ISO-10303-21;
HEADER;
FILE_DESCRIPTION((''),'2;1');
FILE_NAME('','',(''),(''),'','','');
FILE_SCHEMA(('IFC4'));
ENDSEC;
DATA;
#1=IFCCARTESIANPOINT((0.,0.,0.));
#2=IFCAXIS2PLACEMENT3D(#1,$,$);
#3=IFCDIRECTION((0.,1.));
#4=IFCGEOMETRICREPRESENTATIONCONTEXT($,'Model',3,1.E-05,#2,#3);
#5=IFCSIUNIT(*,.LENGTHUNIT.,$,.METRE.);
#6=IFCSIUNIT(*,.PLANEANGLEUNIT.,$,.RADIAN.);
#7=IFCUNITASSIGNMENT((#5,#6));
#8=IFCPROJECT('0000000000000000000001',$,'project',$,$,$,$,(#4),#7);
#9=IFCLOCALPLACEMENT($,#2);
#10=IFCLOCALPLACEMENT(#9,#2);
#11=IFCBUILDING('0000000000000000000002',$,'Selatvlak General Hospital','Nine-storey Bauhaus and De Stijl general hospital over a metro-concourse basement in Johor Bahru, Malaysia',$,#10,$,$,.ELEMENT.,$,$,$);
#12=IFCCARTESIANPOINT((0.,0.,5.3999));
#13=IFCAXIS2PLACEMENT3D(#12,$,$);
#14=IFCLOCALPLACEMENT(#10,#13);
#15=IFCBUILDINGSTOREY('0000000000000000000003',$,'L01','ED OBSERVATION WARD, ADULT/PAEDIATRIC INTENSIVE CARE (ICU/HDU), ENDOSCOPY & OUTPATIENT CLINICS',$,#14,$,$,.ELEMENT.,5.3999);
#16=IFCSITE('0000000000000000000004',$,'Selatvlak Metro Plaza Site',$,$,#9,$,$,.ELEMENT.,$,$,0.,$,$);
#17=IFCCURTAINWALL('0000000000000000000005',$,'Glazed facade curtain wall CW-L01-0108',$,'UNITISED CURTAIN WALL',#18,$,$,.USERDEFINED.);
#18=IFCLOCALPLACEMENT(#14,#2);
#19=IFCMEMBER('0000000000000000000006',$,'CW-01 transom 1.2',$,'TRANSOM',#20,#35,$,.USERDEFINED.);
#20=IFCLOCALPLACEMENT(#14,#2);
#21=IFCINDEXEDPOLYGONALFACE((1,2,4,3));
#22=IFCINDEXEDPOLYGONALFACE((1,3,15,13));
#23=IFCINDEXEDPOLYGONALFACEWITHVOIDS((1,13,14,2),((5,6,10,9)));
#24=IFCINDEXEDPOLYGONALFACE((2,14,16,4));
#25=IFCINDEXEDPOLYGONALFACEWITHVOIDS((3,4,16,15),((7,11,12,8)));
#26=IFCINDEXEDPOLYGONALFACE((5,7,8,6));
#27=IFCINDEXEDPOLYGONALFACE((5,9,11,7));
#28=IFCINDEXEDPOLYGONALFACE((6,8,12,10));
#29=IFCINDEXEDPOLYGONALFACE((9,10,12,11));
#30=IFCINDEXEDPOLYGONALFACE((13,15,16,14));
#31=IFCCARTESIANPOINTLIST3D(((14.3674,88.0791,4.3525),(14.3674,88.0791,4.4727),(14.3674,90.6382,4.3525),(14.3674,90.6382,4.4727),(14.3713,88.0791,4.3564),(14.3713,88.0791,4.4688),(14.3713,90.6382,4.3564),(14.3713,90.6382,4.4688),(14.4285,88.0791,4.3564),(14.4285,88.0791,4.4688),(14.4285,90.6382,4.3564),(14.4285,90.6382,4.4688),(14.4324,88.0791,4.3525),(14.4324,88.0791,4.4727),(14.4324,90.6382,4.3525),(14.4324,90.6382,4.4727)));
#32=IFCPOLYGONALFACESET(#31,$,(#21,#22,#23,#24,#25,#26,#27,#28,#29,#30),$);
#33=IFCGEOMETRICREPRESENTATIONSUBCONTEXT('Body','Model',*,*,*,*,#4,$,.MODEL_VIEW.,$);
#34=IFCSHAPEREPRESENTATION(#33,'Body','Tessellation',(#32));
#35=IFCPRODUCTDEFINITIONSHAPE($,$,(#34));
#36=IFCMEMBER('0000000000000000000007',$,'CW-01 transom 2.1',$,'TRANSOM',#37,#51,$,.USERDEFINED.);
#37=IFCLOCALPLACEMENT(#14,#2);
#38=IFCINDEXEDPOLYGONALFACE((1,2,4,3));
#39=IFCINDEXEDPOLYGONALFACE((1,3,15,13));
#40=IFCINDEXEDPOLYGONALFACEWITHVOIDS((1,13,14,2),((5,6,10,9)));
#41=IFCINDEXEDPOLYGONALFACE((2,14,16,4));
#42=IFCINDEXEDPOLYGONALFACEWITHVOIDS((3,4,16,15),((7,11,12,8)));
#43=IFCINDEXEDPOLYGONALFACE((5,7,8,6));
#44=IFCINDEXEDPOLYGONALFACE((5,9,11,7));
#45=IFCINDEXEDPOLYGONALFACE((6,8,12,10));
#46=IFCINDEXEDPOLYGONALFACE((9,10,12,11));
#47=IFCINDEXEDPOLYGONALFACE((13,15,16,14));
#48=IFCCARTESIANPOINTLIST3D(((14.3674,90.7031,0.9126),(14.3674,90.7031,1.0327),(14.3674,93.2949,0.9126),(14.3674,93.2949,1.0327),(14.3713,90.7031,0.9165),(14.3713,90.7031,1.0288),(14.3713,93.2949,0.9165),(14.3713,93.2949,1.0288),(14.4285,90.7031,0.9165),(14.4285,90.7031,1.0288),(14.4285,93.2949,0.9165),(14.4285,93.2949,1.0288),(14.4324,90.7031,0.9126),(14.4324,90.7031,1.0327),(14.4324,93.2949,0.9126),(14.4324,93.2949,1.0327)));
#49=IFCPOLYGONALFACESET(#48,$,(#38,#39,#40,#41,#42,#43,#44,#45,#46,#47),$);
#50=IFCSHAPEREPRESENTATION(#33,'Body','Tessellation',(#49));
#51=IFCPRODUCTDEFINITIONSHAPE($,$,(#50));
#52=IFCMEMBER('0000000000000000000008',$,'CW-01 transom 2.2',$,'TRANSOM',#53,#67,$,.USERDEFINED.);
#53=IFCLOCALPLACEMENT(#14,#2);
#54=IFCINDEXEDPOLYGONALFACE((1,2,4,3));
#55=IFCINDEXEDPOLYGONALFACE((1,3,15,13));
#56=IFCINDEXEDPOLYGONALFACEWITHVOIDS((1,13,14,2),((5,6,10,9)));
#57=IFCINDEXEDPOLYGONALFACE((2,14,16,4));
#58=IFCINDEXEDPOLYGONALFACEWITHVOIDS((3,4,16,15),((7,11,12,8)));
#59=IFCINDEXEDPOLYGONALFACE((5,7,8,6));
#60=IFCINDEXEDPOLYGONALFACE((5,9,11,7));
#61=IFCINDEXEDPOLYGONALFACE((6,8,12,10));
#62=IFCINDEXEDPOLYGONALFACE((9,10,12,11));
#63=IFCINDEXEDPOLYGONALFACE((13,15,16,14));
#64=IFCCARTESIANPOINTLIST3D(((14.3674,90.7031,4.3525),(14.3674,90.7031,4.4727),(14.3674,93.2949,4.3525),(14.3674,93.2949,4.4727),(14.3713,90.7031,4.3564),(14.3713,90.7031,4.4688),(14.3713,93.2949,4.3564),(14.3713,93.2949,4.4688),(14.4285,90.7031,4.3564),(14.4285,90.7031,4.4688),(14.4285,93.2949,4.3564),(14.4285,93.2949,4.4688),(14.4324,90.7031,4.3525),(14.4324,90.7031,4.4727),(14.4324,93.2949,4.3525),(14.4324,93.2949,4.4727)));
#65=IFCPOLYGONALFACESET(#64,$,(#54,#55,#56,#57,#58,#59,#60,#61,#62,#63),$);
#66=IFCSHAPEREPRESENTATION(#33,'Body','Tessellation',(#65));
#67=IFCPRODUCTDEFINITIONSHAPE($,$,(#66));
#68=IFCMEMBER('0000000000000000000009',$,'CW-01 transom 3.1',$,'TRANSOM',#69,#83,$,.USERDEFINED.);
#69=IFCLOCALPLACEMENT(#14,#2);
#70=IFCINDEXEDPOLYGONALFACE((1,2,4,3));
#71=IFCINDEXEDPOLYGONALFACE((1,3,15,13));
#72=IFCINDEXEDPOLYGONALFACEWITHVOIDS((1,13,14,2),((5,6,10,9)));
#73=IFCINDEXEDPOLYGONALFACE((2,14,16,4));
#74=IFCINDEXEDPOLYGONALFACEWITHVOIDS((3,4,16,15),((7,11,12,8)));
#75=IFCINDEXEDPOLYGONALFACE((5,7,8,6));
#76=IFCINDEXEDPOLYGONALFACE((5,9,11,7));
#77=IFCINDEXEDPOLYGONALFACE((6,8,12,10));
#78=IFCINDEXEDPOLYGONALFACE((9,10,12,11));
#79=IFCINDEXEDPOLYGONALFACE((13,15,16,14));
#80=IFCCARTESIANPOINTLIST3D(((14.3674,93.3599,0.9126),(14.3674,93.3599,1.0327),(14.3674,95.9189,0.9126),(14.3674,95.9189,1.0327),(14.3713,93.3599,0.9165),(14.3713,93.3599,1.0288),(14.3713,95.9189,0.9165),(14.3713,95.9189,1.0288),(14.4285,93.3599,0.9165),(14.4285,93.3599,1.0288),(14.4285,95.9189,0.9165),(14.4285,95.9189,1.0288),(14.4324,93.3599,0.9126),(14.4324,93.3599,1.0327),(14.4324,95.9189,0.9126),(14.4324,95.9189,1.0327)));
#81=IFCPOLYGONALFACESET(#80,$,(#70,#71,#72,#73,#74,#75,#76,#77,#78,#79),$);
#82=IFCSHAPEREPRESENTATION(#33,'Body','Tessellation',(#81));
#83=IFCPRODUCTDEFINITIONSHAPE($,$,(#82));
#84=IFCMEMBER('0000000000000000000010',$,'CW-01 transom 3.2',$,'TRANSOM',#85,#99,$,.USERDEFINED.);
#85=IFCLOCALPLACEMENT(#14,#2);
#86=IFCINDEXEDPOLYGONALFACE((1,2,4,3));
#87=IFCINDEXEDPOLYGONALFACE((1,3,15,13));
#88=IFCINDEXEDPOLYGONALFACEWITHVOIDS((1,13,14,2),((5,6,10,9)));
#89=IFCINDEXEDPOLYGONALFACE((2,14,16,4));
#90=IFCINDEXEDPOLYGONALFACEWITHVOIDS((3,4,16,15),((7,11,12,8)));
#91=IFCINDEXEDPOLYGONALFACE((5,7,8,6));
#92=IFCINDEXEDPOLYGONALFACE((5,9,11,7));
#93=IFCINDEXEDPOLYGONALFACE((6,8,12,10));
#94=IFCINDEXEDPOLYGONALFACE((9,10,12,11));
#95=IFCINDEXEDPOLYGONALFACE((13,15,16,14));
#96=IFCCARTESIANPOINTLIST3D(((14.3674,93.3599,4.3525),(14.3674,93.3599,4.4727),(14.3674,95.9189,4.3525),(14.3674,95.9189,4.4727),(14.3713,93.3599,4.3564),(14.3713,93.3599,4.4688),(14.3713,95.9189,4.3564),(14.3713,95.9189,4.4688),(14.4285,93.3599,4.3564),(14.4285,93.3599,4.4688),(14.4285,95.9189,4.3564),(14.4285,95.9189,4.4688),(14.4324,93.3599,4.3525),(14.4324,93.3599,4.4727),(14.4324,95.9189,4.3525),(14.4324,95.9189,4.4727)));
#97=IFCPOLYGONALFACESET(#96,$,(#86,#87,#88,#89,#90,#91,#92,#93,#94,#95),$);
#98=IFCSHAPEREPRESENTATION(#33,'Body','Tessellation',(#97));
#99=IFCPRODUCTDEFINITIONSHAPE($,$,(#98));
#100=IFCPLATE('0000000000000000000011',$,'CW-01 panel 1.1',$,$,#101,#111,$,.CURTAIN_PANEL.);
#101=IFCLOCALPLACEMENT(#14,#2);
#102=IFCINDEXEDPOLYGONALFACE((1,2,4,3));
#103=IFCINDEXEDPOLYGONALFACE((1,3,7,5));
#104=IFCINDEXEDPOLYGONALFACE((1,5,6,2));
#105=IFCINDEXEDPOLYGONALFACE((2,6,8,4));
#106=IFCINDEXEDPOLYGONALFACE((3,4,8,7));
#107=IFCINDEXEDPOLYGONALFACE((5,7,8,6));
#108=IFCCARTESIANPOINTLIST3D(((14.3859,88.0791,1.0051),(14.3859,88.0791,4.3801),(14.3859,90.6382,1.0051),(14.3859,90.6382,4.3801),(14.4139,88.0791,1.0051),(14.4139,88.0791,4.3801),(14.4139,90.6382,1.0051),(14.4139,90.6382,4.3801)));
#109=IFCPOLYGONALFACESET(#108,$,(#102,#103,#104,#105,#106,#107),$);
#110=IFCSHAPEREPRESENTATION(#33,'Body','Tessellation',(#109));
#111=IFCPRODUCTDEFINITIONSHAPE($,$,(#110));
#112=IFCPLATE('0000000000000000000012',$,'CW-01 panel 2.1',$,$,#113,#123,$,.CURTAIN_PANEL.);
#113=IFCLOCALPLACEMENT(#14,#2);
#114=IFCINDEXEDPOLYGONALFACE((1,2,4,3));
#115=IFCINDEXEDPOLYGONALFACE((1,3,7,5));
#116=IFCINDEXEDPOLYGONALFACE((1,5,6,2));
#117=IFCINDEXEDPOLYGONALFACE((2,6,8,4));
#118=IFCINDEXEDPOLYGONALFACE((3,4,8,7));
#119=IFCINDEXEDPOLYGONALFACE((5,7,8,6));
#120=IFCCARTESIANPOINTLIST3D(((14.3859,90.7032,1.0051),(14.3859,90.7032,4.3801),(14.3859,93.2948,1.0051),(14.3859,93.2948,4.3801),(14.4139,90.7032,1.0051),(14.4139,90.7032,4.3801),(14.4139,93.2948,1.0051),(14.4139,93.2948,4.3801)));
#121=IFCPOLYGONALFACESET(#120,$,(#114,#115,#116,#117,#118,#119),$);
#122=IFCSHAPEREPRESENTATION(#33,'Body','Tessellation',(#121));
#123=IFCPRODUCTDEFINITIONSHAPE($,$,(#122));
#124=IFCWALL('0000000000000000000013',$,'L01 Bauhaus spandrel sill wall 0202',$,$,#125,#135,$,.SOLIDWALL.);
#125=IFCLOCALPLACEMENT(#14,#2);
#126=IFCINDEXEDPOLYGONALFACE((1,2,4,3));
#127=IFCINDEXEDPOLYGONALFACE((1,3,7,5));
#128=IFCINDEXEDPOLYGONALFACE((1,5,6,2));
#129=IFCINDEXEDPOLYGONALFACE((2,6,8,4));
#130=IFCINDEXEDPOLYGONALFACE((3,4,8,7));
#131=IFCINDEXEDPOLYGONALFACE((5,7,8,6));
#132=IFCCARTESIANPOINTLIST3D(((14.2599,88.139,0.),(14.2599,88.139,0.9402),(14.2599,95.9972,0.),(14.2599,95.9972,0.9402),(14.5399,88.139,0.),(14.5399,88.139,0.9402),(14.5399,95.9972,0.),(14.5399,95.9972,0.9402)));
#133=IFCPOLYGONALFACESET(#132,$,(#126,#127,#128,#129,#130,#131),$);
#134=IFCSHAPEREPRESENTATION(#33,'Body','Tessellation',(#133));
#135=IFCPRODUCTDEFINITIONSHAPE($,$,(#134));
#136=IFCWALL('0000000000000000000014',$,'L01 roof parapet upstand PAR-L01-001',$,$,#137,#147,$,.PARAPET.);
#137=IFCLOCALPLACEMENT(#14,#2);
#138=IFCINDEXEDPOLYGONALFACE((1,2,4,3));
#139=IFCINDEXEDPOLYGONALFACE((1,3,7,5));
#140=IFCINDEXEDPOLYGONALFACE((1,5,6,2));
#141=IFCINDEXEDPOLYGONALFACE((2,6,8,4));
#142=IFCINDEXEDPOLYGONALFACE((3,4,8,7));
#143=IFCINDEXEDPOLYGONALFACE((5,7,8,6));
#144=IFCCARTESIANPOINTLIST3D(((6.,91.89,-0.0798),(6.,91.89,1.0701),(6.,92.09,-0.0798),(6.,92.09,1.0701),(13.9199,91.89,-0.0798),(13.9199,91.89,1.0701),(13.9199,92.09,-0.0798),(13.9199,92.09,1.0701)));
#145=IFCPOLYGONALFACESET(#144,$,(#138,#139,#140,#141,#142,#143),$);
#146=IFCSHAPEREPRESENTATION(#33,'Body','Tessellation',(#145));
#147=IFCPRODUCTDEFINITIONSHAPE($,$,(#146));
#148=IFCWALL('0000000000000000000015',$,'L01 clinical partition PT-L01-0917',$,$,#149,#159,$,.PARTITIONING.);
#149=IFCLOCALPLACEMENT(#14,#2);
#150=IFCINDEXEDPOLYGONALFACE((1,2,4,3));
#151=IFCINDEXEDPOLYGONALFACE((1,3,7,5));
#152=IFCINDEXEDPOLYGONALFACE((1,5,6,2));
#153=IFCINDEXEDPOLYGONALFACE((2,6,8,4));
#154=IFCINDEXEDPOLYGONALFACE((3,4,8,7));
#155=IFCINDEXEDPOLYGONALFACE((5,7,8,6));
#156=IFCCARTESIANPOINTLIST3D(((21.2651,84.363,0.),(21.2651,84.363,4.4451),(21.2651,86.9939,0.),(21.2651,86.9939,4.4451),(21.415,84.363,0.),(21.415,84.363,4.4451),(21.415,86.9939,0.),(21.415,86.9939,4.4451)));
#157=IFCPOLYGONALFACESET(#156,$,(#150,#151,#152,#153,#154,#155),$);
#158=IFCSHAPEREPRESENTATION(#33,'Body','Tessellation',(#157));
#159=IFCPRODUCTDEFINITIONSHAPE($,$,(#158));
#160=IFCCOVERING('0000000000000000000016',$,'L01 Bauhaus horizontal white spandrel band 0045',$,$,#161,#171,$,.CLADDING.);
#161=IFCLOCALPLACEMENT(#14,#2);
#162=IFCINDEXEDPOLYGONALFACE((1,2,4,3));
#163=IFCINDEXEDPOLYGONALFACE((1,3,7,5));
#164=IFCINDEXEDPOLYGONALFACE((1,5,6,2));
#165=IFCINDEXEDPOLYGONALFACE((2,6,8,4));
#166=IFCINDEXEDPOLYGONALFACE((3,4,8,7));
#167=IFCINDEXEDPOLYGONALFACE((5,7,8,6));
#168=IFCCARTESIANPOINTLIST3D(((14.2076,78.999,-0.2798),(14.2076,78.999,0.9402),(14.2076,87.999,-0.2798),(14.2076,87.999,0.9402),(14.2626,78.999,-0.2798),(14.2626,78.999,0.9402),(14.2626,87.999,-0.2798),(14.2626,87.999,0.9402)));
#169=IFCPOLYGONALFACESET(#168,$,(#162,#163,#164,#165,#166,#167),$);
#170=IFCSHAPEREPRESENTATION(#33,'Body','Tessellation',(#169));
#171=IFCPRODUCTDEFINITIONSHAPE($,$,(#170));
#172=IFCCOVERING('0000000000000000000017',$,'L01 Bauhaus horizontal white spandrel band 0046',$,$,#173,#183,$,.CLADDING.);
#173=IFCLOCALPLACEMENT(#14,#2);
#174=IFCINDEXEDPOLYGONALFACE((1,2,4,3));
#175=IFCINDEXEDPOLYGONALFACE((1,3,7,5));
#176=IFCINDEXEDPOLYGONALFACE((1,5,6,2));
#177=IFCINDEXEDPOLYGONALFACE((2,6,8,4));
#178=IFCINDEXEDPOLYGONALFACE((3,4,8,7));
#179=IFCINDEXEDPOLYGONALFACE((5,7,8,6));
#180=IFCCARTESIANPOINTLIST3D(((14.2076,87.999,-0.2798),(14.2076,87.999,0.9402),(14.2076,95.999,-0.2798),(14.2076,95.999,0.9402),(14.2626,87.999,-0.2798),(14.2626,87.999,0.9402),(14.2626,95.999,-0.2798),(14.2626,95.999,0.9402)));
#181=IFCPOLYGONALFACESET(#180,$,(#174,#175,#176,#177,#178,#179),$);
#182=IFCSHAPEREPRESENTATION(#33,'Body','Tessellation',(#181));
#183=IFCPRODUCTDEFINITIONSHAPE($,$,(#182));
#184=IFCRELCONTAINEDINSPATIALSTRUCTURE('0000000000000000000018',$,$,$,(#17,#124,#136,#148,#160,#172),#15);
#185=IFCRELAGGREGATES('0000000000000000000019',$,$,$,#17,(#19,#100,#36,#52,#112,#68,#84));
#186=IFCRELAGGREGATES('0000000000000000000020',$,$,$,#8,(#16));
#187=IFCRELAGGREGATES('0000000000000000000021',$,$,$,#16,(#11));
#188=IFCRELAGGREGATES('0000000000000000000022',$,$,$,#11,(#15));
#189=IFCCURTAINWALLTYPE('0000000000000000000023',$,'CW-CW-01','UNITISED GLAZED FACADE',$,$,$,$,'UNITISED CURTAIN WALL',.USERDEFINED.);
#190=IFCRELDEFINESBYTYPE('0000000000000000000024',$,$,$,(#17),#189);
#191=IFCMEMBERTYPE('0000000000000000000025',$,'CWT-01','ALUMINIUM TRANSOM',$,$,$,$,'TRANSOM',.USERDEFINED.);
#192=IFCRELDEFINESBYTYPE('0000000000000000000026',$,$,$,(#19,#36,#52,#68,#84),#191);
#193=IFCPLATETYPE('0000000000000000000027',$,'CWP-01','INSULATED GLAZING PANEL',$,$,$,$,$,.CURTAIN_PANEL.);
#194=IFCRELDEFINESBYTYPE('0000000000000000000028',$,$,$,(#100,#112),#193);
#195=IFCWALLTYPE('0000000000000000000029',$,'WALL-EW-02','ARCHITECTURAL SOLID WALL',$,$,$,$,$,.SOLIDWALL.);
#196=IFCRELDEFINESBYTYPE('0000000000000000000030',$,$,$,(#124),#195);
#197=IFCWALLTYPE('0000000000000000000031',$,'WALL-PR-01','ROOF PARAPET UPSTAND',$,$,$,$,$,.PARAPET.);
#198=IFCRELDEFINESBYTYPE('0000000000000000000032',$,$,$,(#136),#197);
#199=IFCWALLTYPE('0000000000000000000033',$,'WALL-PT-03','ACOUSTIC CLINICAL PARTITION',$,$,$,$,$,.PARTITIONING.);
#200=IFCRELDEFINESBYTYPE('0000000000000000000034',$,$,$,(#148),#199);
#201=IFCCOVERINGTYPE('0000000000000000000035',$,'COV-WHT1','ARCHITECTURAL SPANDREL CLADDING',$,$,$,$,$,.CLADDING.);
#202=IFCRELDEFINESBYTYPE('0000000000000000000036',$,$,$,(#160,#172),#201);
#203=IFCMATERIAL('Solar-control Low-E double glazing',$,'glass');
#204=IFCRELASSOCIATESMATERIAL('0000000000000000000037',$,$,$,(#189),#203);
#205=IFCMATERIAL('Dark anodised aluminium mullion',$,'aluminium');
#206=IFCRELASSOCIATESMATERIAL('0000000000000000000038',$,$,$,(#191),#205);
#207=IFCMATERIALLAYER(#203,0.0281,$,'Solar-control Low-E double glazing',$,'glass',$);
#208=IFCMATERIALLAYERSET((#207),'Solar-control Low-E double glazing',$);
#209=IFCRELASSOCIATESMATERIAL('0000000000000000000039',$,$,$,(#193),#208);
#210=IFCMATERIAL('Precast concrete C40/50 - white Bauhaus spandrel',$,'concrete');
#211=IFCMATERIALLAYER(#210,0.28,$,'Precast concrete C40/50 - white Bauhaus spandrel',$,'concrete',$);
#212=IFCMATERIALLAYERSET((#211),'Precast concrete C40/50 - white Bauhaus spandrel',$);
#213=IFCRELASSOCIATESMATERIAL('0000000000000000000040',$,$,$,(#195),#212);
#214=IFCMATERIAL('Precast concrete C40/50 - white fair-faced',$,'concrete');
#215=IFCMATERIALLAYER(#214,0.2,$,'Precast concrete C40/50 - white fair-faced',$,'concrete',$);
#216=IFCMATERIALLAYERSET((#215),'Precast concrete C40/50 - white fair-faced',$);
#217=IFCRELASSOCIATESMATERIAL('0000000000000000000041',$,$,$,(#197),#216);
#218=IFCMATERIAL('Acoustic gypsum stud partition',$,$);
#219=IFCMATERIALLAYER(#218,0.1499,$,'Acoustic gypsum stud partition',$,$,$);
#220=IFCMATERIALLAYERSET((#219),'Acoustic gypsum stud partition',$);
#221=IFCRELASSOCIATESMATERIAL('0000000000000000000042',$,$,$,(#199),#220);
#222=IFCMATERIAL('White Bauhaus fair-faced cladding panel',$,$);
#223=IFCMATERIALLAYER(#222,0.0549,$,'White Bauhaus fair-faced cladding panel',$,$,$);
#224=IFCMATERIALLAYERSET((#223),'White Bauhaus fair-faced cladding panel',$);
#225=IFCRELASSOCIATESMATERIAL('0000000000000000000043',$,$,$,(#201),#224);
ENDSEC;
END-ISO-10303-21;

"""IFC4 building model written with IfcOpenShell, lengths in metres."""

from ifc_helpers import new_model, si_unit, direction, frame, frame_2d, origin, origin_2d, place, context, subcontext, project, spatial, rectangle, hollow_rectangle, extrude, material, layer, layer_set, material_profile, profile_set, type_object, element, aggregate, save


model = new_model("IFC4")

# Units and contexts
model_context = context("Model", 3, precision=1e-05, world=origin(), true_north=direction((0.0, 1.0)))
body_context = subcontext(model_context, "Body", "Model", "MODEL_VIEW")
ifc_project = project(units=[si_unit("LENGTHUNIT", "METRE"), si_unit("PLANEANGLEUNIT", "RADIAN")], contexts=[model_context])

# Site, building, storey
site_placement = place(None, origin())
site = spatial("IfcSite", under=ifc_project, at=site_placement, Name="Selatvlak Metro Plaza Site", CompositionType="ELEMENT", RefElevation=0.0)
building_placement = place(site_placement, origin())
building = spatial("IfcBuilding", under=site, at=building_placement, Name="Selatvlak General Hospital", Description="Nine-storey Bauhaus and De Stijl general hospital over a metro-concourse basement in Johor Bahru, Malaysia", CompositionType="ELEMENT")
storey_placement = place(building_placement, frame((0.0, 0.0, 5.3999)))
storey = spatial("IfcBuildingStorey", under=building, at=storey_placement, Name="L01", Description="ED OBSERVATION WARD, ADULT/PAEDIATRIC INTENSIVE CARE (ICU/HDU), ENDOSCOPY & OUTPATIENT CLINICS", CompositionType="ELEMENT", Elevation=5.3999)

# Curtain wall, members, plates
ifc_material_1 = material(Name="Solar-control Low-E double glazing", Category="glass")
curtain_wall_type = type_object("IfcCurtainWallType", Name="CW-CW-01", Description="UNITISED GLAZED FACADE", ElementType="UNITISED CURTAIN WALL", PredefinedType="USERDEFINED", material=ifc_material_1)
curtain_wall_placement = place(storey_placement, origin())
curtain_wall = element("IfcCurtainWall", 1, at=curtain_wall_placement, inside=storey, type_object=curtain_wall_type, Name="Glazed facade curtain wall CW-L01-0108", ObjectType="UNITISED CURTAIN WALL", PredefinedType="USERDEFINED")
ifc_material_2 = material(Name="Dark anodised aluminium mullion", Category="aluminium")
ifc_material_profile_1 = material_profile(ifc_material_2, hollow_rectangle(XDim=0.0649, YDim=0.1201, WallThickness=0.0039, at=origin_2d()), Name="AL-TRN 65x120x4")
ifc_profile_set_1 = profile_set([ifc_material_profile_1], Name="Dark anodised aluminium mullion")
member_type_1 = type_object("IfcMemberType", Name="CWT-01", Description="ALUMINIUM TRANSOM", ElementType="TRANSOM", PredefinedType="USERDEFINED", material=ifc_profile_set_1)
member_1_placement = place(storey_placement, frame((14.3999, 88.0791, 4.4126), z_axis=(0.0, 1.0, 0.0), x_axis=(-1.0, 0.0, 0.0)))
member_1 = element("IfcMember", 2, at=member_1_placement, type_object=member_type_1, Name="CW-01 transom 1.2", ObjectType="TRANSOM", PredefinedType="USERDEFINED", context=body_context, shape_type="SweptSolid", body=[
    extrude(hollow_rectangle(XDim=0.0649, YDim=0.1201, WallThickness=0.0039, at=origin_2d()), origin(), (0.0, 0.0, 1.0), 2.5591),
])
member_2_placement = place(storey_placement, frame((14.3999, 90.7031, 0.9727), z_axis=(0.0, 1.0, 0.0), x_axis=(-1.0, 0.0, 0.0)))
member_2 = element("IfcMember", 3, at=member_2_placement, type_object=member_type_1, Name="CW-01 transom 2.1", ObjectType="TRANSOM", PredefinedType="USERDEFINED", context=body_context, shape_type="SweptSolid", body=[
    extrude(hollow_rectangle(XDim=0.0649, YDim=0.1201, WallThickness=0.0039, at=origin_2d()), origin(), (0.0, 0.0, 1.0), 2.5918),
])
member_3_placement = place(storey_placement, frame((14.3999, 90.7031, 4.4126), z_axis=(0.0, 1.0, 0.0), x_axis=(-1.0, 0.0, 0.0)))
member_3 = element("IfcMember", 4, at=member_3_placement, type_object=member_type_1, Name="CW-01 transom 2.2", ObjectType="TRANSOM", PredefinedType="USERDEFINED", context=body_context, shape_type="SweptSolid", body=[
    extrude(hollow_rectangle(XDim=0.0649, YDim=0.1201, WallThickness=0.0039, at=origin_2d()), origin(), (0.0, 0.0, 1.0), 2.5918),
])
member_4_placement = place(storey_placement, frame((14.3999, 93.3599, 0.9727), z_axis=(0.0, 1.0, 0.0), x_axis=(-1.0, 0.0, 0.0)))
member_4 = element("IfcMember", 5, at=member_4_placement, type_object=member_type_1, Name="CW-01 transom 3.1", ObjectType="TRANSOM", PredefinedType="USERDEFINED", context=body_context, shape_type="SweptSolid", body=[
    extrude(hollow_rectangle(XDim=0.0649, YDim=0.1201, WallThickness=0.0039, at=origin_2d()), origin(), (0.0, 0.0, 1.0), 2.5591),
])
member_5_placement = place(storey_placement, frame((14.3999, 93.3599, 4.4126), z_axis=(0.0, 1.0, 0.0), x_axis=(-1.0, 0.0, 0.0)))
member_5 = element("IfcMember", 6, at=member_5_placement, type_object=member_type_1, Name="CW-01 transom 3.2", ObjectType="TRANSOM", PredefinedType="USERDEFINED", context=body_context, shape_type="SweptSolid", body=[
    extrude(hollow_rectangle(XDim=0.0649, YDim=0.1201, WallThickness=0.0039, at=origin_2d()), origin(), (0.0, 0.0, 1.0), 2.5591),
])
ifc_layer_1 = layer(ifc_material_1, 0.0281, Name="Solar-control Low-E double glazing", Category="glass")
ifc_layer_set_1 = layer_set([ifc_layer_1], Name="Solar-control Low-E double glazing")
plate_type = type_object("IfcPlateType", Name="CWP-01", Description="INSULATED GLAZING PANEL", PredefinedType="CURTAIN_PANEL", material=ifc_layer_set_1)
plate_1_placement = place(storey_placement, frame((14.3999, 89.3586, 1.0051), z_axis=(0.0, 0.0, 1.0), x_axis=(0.0, 1.0, 0.0)))
plate_1 = element("IfcPlate", 7, at=plate_1_placement, type_object=plate_type, Name="CW-01 panel 1.1", PredefinedType="CURTAIN_PANEL", context=body_context, shape_type="SweptSolid", body=[
    extrude(rectangle(XDim=2.5591, YDim=0.0281, at=origin_2d()), origin(), (0.0, 0.0, 1.0), 3.375),
])
plate_2_placement = place(storey_placement, frame((14.3999, 91.999, 1.0051), z_axis=(0.0, 0.0, 1.0), x_axis=(0.0, 1.0, 0.0)))
plate_2 = element("IfcPlate", 8, at=plate_2_placement, type_object=plate_type, Name="CW-01 panel 2.1", PredefinedType="CURTAIN_PANEL", context=body_context, shape_type="SweptSolid", body=[
    extrude(rectangle(XDim=2.5916, YDim=0.0281, at=origin_2d()), origin(), (0.0, 0.0, 1.0), 3.375),
])
aggregate(curtain_wall, [member_1, plate_1, member_2, member_3, plate_2, member_4, member_5])

# Walls
ifc_material_3 = material(Name="Precast concrete C40/50 - white Bauhaus spandrel", Category="concrete")
ifc_layer_2 = layer(ifc_material_3, 0.28, Name="Precast concrete C40/50 - white Bauhaus spandrel", Category="concrete")
ifc_layer_set_2 = layer_set([ifc_layer_2], Name="Precast concrete C40/50 - white Bauhaus spandrel")
wall_type_1 = type_object("IfcWallType", Name="WALL-EW-02", Description="ARCHITECTURAL SOLID WALL", PredefinedType="SOLIDWALL", material=ifc_layer_set_2)
wall_1_placement = place(storey_placement, frame((14.3999, 88.1389, 0.0), z_axis=(0.0, 0.0, 1.0), x_axis=(0.0, 1.0, 0.0)))
element("IfcWall", 9, at=wall_1_placement, inside=storey, type_object=wall_type_1, Name="L01 Bauhaus spandrel sill wall 0202", PredefinedType="SOLIDWALL", context=body_context, shape_type="SweptSolid", body=[
    extrude(rectangle(XDim=7.8582, YDim=0.28, at=frame_2d((3.9292, 0.0))), origin(), (0.0, 0.0, 1.0), 0.9402),
])
ifc_material_4 = material(Name="Precast concrete C40/50 - white fair-faced", Category="concrete")
ifc_layer_3 = layer(ifc_material_4, 0.2, Name="Precast concrete C40/50 - white fair-faced", Category="concrete")
ifc_layer_set_3 = layer_set([ifc_layer_3], Name="Precast concrete C40/50 - white fair-faced")
wall_type_2 = type_object("IfcWallType", Name="WALL-PR-01", Description="ROOF PARAPET UPSTAND", PredefinedType="PARAPET", material=ifc_layer_set_3)
wall_2_placement = place(storey_placement, frame((6.0, 91.99, -0.0798), z_axis=(0.0, 0.0, 1.0), x_axis=(1.0, 0.0, 0.0)))
element("IfcWall", 10, at=wall_2_placement, inside=storey, type_object=wall_type_2, Name="L01 roof parapet upstand PAR-L01-001", PredefinedType="PARAPET", context=body_context, shape_type="SweptSolid", body=[
    extrude(rectangle(XDim=7.9199, YDim=0.2, at=frame_2d((3.96, 0.0))), origin(), (0.0, 0.0, 1.0), 1.1499),
])
ifc_material_5 = material(Name="Acoustic gypsum stud partition")
ifc_layer_4 = layer(ifc_material_5, 0.1499, Name="Acoustic gypsum stud partition")
ifc_layer_set_4 = layer_set([ifc_layer_4], Name="Acoustic gypsum stud partition")
wall_type_3 = type_object("IfcWallType", Name="WALL-PT-03", Description="ACOUSTIC CLINICAL PARTITION", PredefinedType="PARTITIONING", material=ifc_layer_set_4)
wall_3_placement = place(storey_placement, frame((21.3401, 86.9939, 0.0), z_axis=(0.0, 0.0, 1.0), x_axis=(0.0, -1.0, 0.0)))
element("IfcWall", 11, at=wall_3_placement, inside=storey, type_object=wall_type_3, Name="L01 clinical partition PT-L01-0917", PredefinedType="PARTITIONING", context=body_context, shape_type="SweptSolid", body=[
    extrude(rectangle(XDim=2.6309, YDim=0.1499, at=frame_2d((1.3154, 0.0))), origin(), (0.0, 0.0, 1.0), 4.4451),
])

# Coverings
ifc_material_6 = material(Name="White Bauhaus fair-faced cladding panel")
ifc_layer_5 = layer(ifc_material_6, 0.0549, Name="White Bauhaus fair-faced cladding panel")
ifc_layer_set_5 = layer_set([ifc_layer_5], Name="White Bauhaus fair-faced cladding panel")
covering_type = type_object("IfcCoveringType", Name="COV-WHT1", Description="ARCHITECTURAL SPANDREL CLADDING", PredefinedType="CLADDING", material=ifc_layer_set_5)
covering_1_placement = place(storey_placement, frame((14.2351, 83.499, -0.2798), z_axis=(0.0, 0.0, 1.0), x_axis=(0.0, 1.0, 0.0)))
element("IfcCovering", 12, at=covering_1_placement, inside=storey, type_object=covering_type, Name="L01 Bauhaus horizontal white spandrel band 0045", PredefinedType="CLADDING", context=body_context, shape_type="SweptSolid", body=[
    extrude(rectangle(XDim=9.0, YDim=0.0549, at=origin_2d()), origin(), (0.0, 0.0, 1.0), 1.22),
])
covering_2_placement = place(storey_placement, frame((14.2351, 91.999, -0.2798), z_axis=(0.0, 0.0, 1.0), x_axis=(0.0, 1.0, 0.0)))
element("IfcCovering", 13, at=covering_2_placement, inside=storey, type_object=covering_type, Name="L01 Bauhaus horizontal white spandrel band 0046", PredefinedType="CLADDING", context=body_context, shape_type="SweptSolid", body=[
    extrude(rectangle(XDim=8.0, YDim=0.0549, at=origin_2d()), origin(), (0.0, 0.0, 1.0), 1.22),
])

save(model, "model.ifc")
